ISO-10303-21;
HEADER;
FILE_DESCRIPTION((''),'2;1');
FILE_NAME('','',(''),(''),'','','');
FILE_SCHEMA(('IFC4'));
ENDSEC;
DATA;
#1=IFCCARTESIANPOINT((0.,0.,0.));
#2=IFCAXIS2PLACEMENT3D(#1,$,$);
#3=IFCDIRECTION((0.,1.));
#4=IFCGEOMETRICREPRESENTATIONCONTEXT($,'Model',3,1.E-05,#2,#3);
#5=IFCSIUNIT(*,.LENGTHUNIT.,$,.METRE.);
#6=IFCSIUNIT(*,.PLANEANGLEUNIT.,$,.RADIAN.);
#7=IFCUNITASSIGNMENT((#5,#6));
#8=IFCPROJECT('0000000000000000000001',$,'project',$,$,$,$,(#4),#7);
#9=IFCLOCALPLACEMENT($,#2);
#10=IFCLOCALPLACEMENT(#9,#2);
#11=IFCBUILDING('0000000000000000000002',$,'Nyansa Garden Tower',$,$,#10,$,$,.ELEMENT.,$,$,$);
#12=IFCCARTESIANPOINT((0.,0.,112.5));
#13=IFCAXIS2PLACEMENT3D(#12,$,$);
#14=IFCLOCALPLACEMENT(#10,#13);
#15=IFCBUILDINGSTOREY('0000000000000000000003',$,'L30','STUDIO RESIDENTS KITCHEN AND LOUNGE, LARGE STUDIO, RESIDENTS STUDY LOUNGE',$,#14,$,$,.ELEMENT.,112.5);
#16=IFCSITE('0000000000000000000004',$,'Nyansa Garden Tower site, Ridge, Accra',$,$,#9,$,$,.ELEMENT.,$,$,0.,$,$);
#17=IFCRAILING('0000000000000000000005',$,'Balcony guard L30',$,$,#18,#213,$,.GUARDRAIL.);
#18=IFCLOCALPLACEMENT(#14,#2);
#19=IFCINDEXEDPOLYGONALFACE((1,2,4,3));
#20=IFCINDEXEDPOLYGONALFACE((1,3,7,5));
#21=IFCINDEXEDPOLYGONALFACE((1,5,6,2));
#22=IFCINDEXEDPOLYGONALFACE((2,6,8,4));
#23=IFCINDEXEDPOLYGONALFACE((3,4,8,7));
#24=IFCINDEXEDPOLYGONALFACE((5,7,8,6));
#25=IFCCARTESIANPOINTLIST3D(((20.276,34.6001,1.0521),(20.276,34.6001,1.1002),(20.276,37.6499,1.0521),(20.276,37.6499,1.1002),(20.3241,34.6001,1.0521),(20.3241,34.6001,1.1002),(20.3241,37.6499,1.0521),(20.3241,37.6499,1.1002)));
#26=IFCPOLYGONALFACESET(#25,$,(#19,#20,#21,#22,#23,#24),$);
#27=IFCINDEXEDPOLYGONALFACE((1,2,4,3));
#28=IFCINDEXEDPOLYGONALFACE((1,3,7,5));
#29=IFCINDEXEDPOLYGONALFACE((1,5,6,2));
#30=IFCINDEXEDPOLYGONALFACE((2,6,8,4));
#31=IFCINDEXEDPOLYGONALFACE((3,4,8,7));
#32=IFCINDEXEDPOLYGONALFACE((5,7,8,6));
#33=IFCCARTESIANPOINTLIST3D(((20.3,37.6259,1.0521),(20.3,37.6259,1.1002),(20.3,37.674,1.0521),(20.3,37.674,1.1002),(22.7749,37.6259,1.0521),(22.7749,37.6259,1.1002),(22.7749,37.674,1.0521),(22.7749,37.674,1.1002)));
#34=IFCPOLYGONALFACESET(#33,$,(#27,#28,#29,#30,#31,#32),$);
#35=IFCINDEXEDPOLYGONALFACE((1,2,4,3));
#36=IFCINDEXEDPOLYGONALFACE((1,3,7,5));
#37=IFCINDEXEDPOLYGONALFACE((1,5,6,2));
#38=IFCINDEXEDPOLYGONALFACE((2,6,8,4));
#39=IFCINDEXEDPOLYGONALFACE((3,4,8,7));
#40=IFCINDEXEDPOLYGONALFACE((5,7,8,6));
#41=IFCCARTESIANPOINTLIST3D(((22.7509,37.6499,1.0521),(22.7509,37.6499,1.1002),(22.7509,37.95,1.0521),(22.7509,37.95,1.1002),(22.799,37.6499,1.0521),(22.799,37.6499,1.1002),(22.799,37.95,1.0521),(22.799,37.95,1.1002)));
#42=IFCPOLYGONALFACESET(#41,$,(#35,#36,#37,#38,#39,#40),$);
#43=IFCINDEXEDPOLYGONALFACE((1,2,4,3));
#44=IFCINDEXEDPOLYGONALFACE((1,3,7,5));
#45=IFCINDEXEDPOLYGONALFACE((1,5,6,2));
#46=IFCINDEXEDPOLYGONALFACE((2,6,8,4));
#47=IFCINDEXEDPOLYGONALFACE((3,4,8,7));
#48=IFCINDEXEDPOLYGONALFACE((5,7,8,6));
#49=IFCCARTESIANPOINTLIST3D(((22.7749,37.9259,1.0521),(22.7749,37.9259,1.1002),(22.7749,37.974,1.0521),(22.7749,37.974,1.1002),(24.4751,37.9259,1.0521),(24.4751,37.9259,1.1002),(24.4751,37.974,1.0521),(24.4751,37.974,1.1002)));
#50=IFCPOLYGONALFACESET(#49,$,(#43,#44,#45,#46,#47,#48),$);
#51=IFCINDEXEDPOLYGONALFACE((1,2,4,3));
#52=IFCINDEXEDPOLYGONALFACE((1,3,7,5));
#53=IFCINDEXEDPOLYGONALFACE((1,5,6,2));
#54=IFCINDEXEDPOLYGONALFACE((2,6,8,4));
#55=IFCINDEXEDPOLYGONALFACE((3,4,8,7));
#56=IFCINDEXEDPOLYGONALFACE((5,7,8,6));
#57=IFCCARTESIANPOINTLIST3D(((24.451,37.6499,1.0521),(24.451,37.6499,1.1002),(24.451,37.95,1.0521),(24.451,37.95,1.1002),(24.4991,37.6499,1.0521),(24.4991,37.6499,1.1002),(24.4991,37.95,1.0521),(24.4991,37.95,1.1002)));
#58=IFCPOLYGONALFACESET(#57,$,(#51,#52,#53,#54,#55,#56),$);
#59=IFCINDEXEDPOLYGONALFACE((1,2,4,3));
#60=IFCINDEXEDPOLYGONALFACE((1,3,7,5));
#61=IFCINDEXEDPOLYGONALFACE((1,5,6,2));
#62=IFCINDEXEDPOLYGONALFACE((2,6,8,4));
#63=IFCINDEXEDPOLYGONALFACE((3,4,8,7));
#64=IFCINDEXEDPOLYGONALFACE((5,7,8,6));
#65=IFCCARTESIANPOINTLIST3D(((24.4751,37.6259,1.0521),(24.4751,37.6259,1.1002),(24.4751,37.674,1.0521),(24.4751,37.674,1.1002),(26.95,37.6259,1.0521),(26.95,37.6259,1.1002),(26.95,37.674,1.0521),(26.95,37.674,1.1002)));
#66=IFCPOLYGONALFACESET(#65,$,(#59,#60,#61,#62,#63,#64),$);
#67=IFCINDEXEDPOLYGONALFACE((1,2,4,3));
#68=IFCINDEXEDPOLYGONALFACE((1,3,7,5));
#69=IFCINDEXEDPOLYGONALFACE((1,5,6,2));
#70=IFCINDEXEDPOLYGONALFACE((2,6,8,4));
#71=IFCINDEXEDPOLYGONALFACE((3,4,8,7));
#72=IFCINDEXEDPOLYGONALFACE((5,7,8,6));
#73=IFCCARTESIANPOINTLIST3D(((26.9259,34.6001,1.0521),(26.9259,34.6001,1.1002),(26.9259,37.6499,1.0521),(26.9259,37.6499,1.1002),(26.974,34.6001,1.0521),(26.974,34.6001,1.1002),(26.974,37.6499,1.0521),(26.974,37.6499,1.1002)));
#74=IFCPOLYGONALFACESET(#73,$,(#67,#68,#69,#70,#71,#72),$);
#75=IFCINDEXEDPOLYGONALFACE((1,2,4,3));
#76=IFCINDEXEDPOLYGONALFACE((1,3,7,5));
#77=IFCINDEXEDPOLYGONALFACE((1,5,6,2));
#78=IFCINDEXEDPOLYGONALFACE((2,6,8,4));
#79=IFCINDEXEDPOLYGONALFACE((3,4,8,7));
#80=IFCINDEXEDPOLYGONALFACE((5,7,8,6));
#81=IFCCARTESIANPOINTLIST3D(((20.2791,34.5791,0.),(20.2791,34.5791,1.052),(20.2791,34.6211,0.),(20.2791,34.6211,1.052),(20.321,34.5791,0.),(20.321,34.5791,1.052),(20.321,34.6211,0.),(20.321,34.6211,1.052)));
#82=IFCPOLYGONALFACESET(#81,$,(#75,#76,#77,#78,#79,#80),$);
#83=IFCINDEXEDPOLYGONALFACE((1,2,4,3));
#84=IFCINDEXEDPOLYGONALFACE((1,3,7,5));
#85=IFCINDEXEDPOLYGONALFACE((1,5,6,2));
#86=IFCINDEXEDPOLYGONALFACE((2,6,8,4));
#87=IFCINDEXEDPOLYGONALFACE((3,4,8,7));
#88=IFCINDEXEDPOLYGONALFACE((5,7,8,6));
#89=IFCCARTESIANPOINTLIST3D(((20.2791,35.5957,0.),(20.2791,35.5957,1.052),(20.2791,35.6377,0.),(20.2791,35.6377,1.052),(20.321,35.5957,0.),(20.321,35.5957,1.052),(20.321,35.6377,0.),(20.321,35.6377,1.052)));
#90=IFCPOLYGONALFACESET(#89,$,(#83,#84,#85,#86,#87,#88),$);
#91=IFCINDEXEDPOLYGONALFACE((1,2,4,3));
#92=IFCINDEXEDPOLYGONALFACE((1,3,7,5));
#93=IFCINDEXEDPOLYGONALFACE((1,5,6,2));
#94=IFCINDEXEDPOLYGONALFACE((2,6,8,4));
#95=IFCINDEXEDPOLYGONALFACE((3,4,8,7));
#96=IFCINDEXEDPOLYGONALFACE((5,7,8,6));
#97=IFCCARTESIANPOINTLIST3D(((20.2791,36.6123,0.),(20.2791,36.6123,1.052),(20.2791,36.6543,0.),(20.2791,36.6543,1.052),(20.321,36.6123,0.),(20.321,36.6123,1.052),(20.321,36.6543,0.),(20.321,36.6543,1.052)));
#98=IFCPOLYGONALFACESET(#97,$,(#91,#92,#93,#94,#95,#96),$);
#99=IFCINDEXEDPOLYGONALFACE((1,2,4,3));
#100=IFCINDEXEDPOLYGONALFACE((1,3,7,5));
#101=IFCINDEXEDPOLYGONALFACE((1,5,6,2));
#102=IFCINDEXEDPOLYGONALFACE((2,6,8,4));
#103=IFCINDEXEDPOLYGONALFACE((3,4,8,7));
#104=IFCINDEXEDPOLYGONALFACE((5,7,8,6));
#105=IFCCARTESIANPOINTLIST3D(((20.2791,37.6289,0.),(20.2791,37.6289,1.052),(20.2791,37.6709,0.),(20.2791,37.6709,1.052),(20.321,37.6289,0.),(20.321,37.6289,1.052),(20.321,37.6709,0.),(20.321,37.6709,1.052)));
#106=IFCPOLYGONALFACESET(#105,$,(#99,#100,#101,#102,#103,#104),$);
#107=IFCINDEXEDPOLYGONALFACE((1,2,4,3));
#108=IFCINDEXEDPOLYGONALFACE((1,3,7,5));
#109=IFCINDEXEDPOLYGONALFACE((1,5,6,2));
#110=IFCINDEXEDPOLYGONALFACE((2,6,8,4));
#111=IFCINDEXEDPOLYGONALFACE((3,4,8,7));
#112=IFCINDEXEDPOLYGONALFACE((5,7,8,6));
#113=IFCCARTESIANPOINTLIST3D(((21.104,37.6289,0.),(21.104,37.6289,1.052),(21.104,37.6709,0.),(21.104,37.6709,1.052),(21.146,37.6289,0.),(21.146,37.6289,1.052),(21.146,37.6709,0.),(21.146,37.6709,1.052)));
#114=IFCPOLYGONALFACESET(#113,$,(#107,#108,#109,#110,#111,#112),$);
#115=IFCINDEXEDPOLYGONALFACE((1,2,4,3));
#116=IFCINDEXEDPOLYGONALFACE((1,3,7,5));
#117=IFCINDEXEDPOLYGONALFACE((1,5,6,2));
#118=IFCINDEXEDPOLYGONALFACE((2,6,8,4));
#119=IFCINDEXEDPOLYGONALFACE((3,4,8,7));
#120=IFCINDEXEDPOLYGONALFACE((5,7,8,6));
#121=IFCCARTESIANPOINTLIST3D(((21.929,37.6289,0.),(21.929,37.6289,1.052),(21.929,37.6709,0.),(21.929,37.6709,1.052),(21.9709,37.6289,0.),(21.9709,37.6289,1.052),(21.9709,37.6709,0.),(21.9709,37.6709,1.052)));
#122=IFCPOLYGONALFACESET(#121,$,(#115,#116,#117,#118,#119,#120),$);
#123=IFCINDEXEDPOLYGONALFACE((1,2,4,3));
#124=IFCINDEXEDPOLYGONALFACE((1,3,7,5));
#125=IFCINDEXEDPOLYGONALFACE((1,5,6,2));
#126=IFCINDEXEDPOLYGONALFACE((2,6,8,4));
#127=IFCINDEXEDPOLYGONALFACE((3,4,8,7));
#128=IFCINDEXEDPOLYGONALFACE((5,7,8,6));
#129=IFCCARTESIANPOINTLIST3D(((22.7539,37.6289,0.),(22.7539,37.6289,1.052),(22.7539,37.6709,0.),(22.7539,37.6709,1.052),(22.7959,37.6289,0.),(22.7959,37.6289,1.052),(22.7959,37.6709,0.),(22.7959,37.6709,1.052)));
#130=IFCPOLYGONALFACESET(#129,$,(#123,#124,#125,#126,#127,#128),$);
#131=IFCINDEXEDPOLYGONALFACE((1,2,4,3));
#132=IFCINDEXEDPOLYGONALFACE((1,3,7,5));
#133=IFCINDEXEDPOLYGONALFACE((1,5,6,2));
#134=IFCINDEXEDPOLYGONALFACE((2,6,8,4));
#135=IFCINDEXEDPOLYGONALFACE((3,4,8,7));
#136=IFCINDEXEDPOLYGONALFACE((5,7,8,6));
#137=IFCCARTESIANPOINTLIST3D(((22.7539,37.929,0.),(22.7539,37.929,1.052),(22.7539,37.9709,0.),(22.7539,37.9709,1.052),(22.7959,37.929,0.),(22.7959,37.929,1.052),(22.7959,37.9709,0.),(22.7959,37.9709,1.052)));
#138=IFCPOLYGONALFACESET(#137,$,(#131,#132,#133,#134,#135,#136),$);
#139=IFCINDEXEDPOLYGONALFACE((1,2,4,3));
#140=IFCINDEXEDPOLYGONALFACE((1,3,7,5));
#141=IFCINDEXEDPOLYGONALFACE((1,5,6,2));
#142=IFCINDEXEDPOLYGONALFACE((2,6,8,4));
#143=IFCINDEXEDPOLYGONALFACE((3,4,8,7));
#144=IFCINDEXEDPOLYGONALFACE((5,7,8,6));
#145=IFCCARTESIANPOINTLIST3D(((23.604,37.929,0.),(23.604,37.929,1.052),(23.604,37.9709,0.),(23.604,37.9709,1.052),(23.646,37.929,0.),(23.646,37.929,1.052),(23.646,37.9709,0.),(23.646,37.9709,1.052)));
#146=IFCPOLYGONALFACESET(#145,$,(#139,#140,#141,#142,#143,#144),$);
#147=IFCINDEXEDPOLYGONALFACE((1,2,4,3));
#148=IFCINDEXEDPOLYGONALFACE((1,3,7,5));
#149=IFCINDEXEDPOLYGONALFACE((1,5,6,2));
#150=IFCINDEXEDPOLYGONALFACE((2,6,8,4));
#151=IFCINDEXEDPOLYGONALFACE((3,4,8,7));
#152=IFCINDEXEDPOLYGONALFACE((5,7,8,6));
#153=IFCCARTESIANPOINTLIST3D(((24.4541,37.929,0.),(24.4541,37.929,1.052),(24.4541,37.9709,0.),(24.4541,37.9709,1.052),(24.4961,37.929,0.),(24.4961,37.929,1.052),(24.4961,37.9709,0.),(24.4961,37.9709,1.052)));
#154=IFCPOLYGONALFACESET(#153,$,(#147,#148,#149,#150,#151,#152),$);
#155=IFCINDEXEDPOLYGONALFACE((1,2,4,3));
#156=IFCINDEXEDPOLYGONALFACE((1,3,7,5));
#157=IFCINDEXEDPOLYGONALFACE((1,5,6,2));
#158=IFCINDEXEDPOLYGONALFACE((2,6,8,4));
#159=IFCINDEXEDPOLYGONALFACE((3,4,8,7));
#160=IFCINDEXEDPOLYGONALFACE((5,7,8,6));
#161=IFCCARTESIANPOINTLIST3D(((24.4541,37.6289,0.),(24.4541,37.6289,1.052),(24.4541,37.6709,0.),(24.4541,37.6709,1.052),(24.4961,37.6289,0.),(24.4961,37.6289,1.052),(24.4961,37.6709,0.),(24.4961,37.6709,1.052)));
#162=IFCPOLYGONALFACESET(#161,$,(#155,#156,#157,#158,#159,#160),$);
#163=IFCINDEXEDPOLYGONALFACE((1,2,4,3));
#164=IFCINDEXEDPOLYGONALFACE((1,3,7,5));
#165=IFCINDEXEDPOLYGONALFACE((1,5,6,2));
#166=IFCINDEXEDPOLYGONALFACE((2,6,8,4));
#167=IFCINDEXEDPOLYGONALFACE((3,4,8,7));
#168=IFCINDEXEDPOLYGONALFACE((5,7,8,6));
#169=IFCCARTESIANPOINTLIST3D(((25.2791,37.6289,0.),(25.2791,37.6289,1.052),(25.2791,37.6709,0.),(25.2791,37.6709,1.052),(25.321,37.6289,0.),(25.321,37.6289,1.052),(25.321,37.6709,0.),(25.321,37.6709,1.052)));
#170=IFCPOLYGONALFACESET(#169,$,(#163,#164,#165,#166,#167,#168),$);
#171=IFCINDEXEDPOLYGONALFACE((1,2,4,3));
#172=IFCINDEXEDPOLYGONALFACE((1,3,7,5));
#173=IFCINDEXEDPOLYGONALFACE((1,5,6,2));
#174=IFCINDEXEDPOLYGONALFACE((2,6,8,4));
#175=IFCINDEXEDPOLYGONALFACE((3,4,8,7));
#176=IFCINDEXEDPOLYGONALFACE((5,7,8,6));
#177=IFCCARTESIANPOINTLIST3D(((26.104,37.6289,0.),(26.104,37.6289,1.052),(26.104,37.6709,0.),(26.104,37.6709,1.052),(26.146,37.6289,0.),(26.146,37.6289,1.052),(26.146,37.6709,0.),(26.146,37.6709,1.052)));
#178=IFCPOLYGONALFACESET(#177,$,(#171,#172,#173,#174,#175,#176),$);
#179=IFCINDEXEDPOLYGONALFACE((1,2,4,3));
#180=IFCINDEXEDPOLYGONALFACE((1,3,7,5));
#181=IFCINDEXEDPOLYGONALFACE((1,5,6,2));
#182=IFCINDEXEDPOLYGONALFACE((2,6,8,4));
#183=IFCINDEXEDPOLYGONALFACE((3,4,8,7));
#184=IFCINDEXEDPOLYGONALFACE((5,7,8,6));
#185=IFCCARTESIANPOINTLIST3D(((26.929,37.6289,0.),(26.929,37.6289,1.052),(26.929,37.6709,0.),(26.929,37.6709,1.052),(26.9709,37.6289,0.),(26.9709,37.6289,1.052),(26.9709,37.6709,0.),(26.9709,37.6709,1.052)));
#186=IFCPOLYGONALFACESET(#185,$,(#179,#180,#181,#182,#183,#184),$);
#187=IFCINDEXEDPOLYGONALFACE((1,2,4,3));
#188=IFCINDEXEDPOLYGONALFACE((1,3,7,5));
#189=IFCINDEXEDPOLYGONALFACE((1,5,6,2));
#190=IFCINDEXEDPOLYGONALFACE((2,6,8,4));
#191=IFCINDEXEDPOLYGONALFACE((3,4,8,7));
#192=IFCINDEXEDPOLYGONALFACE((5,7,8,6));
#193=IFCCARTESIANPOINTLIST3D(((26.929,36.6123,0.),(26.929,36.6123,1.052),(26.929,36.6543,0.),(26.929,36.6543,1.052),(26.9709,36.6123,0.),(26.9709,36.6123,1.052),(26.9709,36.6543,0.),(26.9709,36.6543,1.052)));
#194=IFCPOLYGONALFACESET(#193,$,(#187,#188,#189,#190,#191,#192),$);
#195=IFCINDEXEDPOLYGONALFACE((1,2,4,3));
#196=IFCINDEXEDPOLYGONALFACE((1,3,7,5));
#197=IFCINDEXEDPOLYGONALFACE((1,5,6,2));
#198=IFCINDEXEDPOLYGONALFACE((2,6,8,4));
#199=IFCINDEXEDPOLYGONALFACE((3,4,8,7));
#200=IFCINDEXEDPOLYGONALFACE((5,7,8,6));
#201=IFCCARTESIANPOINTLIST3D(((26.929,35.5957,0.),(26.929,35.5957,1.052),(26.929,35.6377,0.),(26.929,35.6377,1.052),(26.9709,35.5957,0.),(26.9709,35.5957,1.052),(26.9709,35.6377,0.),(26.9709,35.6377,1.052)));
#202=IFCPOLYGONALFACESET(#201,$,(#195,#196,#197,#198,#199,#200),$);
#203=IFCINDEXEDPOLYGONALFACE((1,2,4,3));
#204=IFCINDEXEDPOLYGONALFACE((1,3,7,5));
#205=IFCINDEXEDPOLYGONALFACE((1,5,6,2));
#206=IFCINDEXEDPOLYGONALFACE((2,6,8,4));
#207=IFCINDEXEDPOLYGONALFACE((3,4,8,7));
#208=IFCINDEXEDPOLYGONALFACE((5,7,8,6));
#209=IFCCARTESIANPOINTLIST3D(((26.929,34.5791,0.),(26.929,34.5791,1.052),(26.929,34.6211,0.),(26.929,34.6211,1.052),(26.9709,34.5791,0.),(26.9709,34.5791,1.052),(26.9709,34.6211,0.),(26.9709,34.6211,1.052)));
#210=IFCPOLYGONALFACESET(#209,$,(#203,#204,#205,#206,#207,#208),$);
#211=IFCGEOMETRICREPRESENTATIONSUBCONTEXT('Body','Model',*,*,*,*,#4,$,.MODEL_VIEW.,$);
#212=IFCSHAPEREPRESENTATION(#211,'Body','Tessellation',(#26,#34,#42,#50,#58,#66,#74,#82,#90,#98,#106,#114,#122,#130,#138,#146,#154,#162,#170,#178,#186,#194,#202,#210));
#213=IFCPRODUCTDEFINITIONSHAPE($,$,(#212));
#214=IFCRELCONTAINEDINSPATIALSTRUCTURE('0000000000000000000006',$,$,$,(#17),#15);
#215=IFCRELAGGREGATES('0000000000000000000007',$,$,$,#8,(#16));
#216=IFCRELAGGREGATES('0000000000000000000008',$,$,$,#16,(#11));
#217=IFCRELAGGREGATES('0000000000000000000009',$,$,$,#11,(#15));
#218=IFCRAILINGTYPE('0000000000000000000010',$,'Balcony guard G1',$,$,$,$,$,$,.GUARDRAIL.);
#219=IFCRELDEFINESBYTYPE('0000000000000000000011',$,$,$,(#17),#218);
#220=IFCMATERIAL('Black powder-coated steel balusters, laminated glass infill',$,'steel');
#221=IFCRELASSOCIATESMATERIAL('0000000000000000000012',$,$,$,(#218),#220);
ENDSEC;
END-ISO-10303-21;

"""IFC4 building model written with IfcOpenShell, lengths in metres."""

from ifc_helpers import new_model, si_unit, direction, frame, origin, origin_2d, place, context, subcontext, project, spatial, rectangle, extrude, material, type_object, element, save


model = new_model("IFC4")

# Units and contexts
model_context = context("Model", 3, precision=1e-05, world=origin(), true_north=direction((0.0, 1.0)))
body_context = subcontext(model_context, "Body", "Model", "MODEL_VIEW")
ifc_project = project(units=[si_unit("LENGTHUNIT", "METRE"), si_unit("PLANEANGLEUNIT", "RADIAN")], contexts=[model_context])

# Site, building, storey
site_placement = place(None, origin())
site = spatial("IfcSite", under=ifc_project, at=site_placement, Name="Nyansa Garden Tower site, Ridge, Accra", CompositionType="ELEMENT", RefElevation=0.0)
building_placement = place(site_placement, origin())
building = spatial("IfcBuilding", under=site, at=building_placement, Name="Nyansa Garden Tower", CompositionType="ELEMENT")
storey_placement = place(building_placement, frame((0.0, 0.0, 112.5)))
storey = spatial("IfcBuildingStorey", under=building, at=storey_placement, Name="L30", Description="STUDIO RESIDENTS KITCHEN AND LOUNGE, LARGE STUDIO, RESIDENTS STUDY LOUNGE", CompositionType="ELEMENT", Elevation=112.5)

# Railing
ifc_material_1 = material(Name="Black powder-coated steel balusters, laminated glass infill", Category="steel")
railing_type = type_object("IfcRailingType", Name="Balcony guard G1", PredefinedType="GUARDRAIL", material=ifc_material_1)
railing_placement = place(storey_placement, frame((20.3, 34.6001, 0.0)))
element("IfcRailing", 1, at=railing_placement, inside=storey, type_object=railing_type, Name="Balcony guard L30", PredefinedType="GUARDRAIL", context=body_context, shape_type="SweptSolid", body=[
    extrude(rectangle(XDim=0.0481, YDim=0.0481, at=origin_2d()), frame((0.0, 0.0, 1.0762), z_axis=(0.0, 1.0, 0.0), x_axis=(-1.0, 0.0, 0.0)), (0.0, 0.0, 1.0), 3.0498),
    extrude(rectangle(XDim=0.0481, YDim=0.0481, at=origin_2d()), frame((0.0, 3.0498, 1.0762), z_axis=(1.0, 0.0, 0.0), x_axis=(0.0, 1.0, 0.0)), (0.0, 0.0, 1.0), 2.4749),
    extrude(rectangle(XDim=0.0481, YDim=0.0481, at=origin_2d()), frame((2.4749, 3.0498, 1.0762), z_axis=(0.0, 1.0, 0.0), x_axis=(-1.0, 0.0, 0.0)), (0.0, 0.0, 1.0), 0.3),
    extrude(rectangle(XDim=0.0481, YDim=0.0481, at=origin_2d()), frame((2.4749, 3.3499, 1.0762), z_axis=(1.0, 0.0, 0.0), x_axis=(0.0, 1.0, 0.0)), (0.0, 0.0, 1.0), 1.7002),
    extrude(rectangle(XDim=0.0481, YDim=0.0481, at=origin_2d()), frame((4.175, 3.3499, 1.0762), z_axis=(0.0, -1.0, 0.0), x_axis=(1.0, 0.0, 0.0)), (0.0, 0.0, 1.0), 0.3),
    extrude(rectangle(XDim=0.0481, YDim=0.0481, at=origin_2d()), frame((4.175, 3.0498, 1.0762), z_axis=(1.0, 0.0, 0.0), x_axis=(0.0, 1.0, 0.0)), (0.0, 0.0, 1.0), 2.4749),
    extrude(rectangle(XDim=0.0481, YDim=0.0481, at=origin_2d()), frame((6.6499, 3.0498, 1.0762), z_axis=(0.0, -1.0, 0.0), x_axis=(1.0, 0.0, 0.0)), (0.0, 0.0, 1.0), 3.0498),
    extrude(rectangle(XDim=0.042, YDim=0.042, at=origin_2d()), origin(), (0.0, 0.0, 1.0), 1.052),
    extrude(rectangle(XDim=0.042, YDim=0.042, at=origin_2d()), frame((0.0, 1.0166, 0.0)), (0.0, 0.0, 1.0), 1.052),
    extrude(rectangle(XDim=0.042, YDim=0.042, at=origin_2d()), frame((0.0, 2.0332, 0.0)), (0.0, 0.0, 1.0), 1.052),
    extrude(rectangle(XDim=0.042, YDim=0.042, at=origin_2d()), frame((0.0, 3.0498, 0.0)), (0.0, 0.0, 1.0), 1.052),
    extrude(rectangle(XDim=0.042, YDim=0.042, at=origin_2d()), frame((0.825, 3.0498, 0.0)), (0.0, 0.0, 1.0), 1.052),
    extrude(rectangle(XDim=0.042, YDim=0.042, at=origin_2d()), frame((1.6499, 3.0498, 0.0)), (0.0, 0.0, 1.0), 1.052),
    extrude(rectangle(XDim=0.042, YDim=0.042, at=origin_2d()), frame((2.4749, 3.0498, 0.0)), (0.0, 0.0, 1.0), 1.052),
    extrude(rectangle(XDim=0.042, YDim=0.042, at=origin_2d()), frame((2.4749, 3.3499, 0.0)), (0.0, 0.0, 1.0), 1.052),
    extrude(rectangle(XDim=0.042, YDim=0.042, at=origin_2d()), frame((3.325, 3.3499, 0.0)), (0.0, 0.0, 1.0), 1.052),
    extrude(rectangle(XDim=0.042, YDim=0.042, at=origin_2d()), frame((4.175, 3.3499, 0.0)), (0.0, 0.0, 1.0), 1.052),
    extrude(rectangle(XDim=0.042, YDim=0.042, at=origin_2d()), frame((4.175, 3.0498, 0.0)), (0.0, 0.0, 1.0), 1.052),
    extrude(rectangle(XDim=0.042, YDim=0.042, at=origin_2d()), frame((5.0, 3.0498, 0.0)), (0.0, 0.0, 1.0), 1.052),
    extrude(rectangle(XDim=0.042, YDim=0.042, at=origin_2d()), frame((5.825, 3.0498, 0.0)), (0.0, 0.0, 1.0), 1.052),
    extrude(rectangle(XDim=0.042, YDim=0.042, at=origin_2d()), frame((6.6499, 3.0498, 0.0)), (0.0, 0.0, 1.0), 1.052),
    extrude(rectangle(XDim=0.042, YDim=0.042, at=origin_2d()), frame((6.6499, 2.0332, 0.0)), (0.0, 0.0, 1.0), 1.052),
    extrude(rectangle(XDim=0.042, YDim=0.042, at=origin_2d()), frame((6.6499, 1.0166, 0.0)), (0.0, 0.0, 1.0), 1.052),
    extrude(rectangle(XDim=0.042, YDim=0.042, at=origin_2d()), frame((6.6499, 0.0, 0.0)), (0.0, 0.0, 1.0), 1.052),
])

save(model, "model.ifc")
